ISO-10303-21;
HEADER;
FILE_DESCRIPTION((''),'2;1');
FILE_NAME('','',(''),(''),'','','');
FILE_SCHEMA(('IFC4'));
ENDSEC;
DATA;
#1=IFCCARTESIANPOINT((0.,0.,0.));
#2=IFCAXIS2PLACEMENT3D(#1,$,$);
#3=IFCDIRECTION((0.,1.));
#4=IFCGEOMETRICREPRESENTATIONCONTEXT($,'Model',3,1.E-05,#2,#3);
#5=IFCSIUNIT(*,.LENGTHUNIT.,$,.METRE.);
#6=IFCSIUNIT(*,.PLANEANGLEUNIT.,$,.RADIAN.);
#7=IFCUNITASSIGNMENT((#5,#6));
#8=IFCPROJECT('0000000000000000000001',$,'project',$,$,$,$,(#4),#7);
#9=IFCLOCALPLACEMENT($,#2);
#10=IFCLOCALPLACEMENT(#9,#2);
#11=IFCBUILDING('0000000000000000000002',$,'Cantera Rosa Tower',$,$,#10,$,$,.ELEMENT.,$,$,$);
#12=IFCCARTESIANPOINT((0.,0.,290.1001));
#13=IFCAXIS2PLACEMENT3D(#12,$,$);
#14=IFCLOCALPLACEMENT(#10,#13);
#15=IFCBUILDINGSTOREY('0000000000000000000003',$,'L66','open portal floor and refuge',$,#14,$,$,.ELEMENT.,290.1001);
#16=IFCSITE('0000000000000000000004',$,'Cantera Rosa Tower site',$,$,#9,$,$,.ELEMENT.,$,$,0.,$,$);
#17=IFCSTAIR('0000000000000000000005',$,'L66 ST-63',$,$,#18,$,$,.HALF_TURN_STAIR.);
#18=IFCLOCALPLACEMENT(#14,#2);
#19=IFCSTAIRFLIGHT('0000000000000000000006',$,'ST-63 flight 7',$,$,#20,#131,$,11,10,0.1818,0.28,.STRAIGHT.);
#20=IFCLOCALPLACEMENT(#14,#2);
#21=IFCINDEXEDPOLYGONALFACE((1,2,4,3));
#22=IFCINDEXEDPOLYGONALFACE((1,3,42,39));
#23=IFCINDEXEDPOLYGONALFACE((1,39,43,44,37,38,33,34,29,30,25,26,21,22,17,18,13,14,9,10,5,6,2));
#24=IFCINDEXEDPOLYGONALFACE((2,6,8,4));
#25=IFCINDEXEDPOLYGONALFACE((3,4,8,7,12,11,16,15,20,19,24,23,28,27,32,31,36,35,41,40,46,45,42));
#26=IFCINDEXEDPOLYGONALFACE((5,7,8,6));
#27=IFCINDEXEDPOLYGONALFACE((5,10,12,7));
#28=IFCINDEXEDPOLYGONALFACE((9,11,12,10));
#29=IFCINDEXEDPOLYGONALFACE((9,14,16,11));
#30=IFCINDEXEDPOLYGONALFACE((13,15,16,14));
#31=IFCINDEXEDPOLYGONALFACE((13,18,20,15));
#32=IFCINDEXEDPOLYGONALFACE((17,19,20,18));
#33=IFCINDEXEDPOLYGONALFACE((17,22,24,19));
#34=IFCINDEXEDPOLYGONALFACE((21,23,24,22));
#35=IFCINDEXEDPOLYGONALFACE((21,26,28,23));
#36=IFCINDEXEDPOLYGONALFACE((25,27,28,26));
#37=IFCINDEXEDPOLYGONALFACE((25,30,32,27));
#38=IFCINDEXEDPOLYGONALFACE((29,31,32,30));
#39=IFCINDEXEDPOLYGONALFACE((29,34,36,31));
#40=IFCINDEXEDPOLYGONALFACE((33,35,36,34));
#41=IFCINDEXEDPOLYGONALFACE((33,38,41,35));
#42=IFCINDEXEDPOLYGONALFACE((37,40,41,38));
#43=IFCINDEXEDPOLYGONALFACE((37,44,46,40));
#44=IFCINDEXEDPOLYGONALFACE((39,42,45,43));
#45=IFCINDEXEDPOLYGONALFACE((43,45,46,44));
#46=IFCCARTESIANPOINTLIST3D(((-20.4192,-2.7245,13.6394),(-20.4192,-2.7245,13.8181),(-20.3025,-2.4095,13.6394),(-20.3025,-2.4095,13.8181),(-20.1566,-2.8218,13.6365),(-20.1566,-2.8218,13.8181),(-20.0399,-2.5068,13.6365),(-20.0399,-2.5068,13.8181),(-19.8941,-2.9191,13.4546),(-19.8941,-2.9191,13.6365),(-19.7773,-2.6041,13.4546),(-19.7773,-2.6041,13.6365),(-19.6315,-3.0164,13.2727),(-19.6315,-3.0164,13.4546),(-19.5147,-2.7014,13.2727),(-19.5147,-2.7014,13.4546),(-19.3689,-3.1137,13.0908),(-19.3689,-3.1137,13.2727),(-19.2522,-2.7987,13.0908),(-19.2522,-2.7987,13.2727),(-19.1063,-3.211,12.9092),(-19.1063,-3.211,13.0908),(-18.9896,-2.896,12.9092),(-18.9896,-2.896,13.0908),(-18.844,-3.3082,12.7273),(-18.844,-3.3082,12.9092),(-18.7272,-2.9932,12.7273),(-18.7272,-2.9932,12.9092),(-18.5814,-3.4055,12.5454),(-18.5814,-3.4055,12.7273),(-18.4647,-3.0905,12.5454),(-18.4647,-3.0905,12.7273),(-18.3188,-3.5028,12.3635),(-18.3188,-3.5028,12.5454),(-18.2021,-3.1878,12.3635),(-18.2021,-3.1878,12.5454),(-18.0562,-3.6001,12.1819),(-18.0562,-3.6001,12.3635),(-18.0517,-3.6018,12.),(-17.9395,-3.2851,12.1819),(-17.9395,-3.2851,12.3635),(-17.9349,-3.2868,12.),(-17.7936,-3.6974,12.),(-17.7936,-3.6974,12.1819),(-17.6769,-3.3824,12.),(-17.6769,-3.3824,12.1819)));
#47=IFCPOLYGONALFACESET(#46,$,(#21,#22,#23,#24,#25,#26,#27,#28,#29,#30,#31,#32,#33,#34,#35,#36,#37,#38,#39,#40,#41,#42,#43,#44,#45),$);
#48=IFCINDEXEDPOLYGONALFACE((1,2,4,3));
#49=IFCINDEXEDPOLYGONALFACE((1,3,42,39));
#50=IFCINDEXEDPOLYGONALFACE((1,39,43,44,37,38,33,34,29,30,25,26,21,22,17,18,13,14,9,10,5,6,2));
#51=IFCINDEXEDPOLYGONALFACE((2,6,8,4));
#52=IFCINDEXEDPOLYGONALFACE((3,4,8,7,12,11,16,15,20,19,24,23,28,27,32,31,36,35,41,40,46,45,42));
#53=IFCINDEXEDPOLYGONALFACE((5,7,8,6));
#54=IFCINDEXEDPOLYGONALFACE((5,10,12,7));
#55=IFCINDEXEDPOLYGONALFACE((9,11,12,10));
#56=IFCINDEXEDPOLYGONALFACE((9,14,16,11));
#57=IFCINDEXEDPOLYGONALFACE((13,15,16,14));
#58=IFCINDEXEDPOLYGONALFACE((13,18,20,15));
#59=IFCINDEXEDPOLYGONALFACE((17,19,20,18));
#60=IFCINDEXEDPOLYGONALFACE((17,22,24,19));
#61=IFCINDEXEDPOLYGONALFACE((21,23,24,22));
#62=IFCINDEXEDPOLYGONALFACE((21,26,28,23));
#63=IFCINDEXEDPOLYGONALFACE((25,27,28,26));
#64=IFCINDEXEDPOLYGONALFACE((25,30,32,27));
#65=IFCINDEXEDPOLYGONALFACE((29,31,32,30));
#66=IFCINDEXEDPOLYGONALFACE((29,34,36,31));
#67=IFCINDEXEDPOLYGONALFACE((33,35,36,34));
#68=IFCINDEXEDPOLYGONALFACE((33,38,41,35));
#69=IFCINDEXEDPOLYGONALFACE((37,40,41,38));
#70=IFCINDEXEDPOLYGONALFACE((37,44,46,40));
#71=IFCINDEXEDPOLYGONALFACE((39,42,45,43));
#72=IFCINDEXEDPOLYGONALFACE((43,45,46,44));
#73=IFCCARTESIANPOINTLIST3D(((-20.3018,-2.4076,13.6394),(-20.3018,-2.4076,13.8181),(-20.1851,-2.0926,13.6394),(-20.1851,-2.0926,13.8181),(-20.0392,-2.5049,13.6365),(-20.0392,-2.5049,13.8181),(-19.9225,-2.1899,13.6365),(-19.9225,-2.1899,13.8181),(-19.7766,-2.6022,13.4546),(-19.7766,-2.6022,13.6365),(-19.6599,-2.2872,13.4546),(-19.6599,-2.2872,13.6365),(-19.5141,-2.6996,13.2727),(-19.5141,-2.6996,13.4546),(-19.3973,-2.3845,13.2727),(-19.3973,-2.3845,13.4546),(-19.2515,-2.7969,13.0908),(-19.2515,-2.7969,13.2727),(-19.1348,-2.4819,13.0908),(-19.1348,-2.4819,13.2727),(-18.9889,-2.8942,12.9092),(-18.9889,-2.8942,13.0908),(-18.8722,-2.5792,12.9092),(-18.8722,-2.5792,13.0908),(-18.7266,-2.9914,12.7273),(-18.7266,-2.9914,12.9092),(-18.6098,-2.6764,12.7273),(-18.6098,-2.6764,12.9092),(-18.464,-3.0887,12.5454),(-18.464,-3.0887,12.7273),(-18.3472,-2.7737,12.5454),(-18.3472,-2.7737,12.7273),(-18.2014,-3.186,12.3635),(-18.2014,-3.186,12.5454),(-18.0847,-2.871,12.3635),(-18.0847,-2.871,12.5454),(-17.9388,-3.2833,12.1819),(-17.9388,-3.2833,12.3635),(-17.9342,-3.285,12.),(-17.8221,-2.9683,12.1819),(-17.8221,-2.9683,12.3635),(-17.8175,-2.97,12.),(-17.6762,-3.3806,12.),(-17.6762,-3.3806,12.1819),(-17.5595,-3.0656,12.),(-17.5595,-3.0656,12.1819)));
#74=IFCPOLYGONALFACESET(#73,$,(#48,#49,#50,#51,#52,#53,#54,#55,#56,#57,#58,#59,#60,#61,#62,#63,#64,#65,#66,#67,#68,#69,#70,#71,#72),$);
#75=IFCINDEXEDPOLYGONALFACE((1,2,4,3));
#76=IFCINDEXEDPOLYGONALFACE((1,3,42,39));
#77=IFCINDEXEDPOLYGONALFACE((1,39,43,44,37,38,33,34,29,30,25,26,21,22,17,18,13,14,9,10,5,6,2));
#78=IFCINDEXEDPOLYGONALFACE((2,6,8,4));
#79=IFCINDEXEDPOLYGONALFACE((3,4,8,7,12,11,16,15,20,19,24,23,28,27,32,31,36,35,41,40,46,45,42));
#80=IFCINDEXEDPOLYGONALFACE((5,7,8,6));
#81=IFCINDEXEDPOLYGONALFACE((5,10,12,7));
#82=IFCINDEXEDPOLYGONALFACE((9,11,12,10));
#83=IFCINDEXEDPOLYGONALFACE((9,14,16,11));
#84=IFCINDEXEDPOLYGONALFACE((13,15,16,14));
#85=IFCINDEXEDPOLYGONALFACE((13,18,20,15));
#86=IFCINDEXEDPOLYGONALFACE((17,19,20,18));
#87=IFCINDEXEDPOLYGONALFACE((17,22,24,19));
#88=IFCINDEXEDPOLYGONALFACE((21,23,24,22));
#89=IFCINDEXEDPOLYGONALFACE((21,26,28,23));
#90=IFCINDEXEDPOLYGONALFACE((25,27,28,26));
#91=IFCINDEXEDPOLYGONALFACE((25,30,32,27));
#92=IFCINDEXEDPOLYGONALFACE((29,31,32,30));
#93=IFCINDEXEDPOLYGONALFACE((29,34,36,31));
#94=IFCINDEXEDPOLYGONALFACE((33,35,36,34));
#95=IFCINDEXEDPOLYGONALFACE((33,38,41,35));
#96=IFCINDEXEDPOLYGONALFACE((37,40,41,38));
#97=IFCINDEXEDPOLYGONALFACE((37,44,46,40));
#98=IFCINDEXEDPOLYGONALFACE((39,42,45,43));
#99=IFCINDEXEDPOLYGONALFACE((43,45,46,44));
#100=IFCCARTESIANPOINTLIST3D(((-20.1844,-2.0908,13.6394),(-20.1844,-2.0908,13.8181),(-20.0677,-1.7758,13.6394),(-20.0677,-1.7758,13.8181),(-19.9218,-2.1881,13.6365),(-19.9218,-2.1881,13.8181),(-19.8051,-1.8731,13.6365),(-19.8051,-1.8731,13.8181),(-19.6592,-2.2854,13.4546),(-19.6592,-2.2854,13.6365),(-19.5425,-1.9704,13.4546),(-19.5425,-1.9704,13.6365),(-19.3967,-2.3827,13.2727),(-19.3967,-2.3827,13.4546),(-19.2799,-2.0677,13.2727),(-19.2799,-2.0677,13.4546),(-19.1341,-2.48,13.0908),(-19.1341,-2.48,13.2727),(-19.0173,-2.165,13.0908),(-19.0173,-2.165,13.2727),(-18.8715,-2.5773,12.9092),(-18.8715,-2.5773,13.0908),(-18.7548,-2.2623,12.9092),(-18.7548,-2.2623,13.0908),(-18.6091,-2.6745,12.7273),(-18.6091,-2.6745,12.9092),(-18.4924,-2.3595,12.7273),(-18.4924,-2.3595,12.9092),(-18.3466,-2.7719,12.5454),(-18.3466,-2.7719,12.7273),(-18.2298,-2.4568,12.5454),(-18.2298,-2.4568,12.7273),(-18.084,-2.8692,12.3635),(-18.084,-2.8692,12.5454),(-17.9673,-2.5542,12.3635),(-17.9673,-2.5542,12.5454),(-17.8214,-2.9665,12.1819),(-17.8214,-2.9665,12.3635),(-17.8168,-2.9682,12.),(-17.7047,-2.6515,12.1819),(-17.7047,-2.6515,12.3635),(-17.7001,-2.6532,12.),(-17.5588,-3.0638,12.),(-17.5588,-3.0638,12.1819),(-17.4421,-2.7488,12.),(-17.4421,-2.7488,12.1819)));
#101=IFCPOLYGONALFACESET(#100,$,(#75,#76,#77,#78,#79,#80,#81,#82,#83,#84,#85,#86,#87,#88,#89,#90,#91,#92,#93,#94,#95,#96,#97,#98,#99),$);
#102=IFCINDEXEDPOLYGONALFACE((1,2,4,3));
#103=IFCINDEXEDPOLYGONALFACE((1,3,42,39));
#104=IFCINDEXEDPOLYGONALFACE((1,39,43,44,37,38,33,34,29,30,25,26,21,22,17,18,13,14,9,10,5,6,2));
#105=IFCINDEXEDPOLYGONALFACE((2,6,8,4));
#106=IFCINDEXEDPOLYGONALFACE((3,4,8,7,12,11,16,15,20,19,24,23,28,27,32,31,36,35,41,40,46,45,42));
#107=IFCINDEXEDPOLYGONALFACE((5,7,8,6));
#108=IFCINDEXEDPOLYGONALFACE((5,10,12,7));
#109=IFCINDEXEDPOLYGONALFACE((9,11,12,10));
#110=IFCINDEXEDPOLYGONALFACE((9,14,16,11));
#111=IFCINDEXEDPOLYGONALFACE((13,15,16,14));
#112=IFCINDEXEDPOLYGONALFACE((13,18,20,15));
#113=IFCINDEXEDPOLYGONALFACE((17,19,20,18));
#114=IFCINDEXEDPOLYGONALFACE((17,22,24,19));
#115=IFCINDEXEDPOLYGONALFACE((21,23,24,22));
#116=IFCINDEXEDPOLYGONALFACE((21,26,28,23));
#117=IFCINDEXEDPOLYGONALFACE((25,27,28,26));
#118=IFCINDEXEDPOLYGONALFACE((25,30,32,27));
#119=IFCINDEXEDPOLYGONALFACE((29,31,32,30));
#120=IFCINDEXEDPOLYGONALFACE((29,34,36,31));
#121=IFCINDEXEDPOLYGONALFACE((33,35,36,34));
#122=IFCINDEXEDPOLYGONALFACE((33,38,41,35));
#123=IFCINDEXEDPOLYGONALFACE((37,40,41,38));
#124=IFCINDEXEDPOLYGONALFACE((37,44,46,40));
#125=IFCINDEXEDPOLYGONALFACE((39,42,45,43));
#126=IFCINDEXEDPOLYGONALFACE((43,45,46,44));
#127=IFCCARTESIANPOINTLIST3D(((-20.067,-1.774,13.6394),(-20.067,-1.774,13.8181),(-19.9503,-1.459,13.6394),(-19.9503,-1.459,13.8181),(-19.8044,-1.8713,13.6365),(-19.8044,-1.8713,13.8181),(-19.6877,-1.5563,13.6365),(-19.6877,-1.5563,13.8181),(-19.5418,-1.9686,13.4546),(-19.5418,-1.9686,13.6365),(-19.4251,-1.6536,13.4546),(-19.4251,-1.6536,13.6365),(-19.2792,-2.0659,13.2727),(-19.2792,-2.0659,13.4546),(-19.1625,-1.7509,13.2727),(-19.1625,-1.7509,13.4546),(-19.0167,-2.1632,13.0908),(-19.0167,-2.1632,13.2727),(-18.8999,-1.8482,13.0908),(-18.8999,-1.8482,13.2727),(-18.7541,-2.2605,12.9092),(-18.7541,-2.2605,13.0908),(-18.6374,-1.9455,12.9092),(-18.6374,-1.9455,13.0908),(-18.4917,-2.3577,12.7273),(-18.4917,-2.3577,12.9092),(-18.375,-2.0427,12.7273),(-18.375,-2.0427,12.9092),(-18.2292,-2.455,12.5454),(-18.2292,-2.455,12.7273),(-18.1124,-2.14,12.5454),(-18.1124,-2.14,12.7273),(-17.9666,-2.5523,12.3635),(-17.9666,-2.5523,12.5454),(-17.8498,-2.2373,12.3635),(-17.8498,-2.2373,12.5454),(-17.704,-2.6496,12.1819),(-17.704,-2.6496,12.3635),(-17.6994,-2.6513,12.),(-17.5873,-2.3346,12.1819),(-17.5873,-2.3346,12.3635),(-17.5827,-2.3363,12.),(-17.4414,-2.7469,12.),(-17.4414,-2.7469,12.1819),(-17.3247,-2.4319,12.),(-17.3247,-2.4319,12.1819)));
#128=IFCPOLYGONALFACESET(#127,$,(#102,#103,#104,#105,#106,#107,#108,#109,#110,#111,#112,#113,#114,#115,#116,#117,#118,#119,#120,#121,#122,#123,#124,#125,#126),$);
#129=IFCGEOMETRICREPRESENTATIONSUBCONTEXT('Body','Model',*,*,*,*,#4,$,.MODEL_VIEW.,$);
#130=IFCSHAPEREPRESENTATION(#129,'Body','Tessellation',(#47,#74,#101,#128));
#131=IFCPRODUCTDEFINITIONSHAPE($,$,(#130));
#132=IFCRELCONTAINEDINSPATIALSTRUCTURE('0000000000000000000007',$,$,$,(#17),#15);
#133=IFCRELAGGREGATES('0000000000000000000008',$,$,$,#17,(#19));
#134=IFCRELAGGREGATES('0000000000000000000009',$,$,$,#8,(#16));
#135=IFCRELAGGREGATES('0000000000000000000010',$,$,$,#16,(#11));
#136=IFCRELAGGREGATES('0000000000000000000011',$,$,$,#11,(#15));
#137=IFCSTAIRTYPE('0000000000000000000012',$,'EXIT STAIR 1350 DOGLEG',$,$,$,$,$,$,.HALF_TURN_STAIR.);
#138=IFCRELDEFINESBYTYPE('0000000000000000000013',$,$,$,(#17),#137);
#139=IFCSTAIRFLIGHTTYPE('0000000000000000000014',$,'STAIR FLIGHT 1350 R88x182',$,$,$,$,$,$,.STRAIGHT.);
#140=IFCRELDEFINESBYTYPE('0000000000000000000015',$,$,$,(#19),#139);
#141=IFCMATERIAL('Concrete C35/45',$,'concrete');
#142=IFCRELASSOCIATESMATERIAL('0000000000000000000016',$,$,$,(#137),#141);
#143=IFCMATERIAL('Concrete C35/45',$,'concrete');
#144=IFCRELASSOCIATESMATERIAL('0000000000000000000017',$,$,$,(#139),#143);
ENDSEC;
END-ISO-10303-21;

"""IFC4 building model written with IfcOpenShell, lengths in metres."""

from ifc_helpers import new_model, si_unit, direction, frame, origin, place, context, subcontext, project, spatial, polyline, outline, extrude, material, type_object, element, aggregate, save


model = new_model("IFC4")

# Units and contexts
model_context = context("Model", 3, precision=1e-05, world=origin(), true_north=direction((0.0, 1.0)))
body_context = subcontext(model_context, "Body", "Model", "MODEL_VIEW")
ifc_project = project(units=[si_unit("LENGTHUNIT", "METRE"), si_unit("PLANEANGLEUNIT", "RADIAN")], contexts=[model_context])

# Site, building, storey
site_placement = place(None, origin())
site = spatial("IfcSite", under=ifc_project, at=site_placement, Name="Cantera Rosa Tower site", CompositionType="ELEMENT", RefElevation=0.0)
building_placement = place(site_placement, origin())
building = spatial("IfcBuilding", under=site, at=building_placement, Name="Cantera Rosa Tower", CompositionType="ELEMENT")
storey_placement = place(building_placement, frame((0.0, 0.0, 290.1001)))
storey = spatial("IfcBuildingStorey", under=building, at=storey_placement, Name="L66", Description="open portal floor and refuge", CompositionType="ELEMENT", Elevation=290.1001)

# Stair, stair flight
ifc_material_1 = material(Name="Concrete C35/45", Category="concrete")
stair_type = type_object("IfcStairType", Name="EXIT STAIR 1350 DOGLEG", PredefinedType="HALF_TURN_STAIR", material=ifc_material_1)
stair_placement = place(storey_placement, origin())
stair = element("IfcStair", 1, at=stair_placement, inside=storey, type_object=stair_type, Name="L66 ST-63", PredefinedType="HALF_TURN_STAIR")
ifc_material_2 = material(Name="Concrete C35/45", Category="concrete")
stair_flight_type = type_object("IfcStairFlightType", Name="STAIR FLIGHT 1350 R88x182", PredefinedType="STRAIGHT", material=ifc_material_2)
stair_flight_1_placement = place(storey_placement, frame((-17.5591, -3.0645, 12.0), z_axis=(0.0, 0.0, 1.0), x_axis=(-0.937687, 0.347481, 0.0)))
stair_flight_1 = element("IfcStairFlight", 2, at=stair_flight_1_placement, type_object=stair_flight_type, Name="ST-63 flight 7", NumberOfRisers=11, NumberOfTreads=10, PredefinedType="STRAIGHT", RiserHeight=0.1818, TreadLength=0.28, context=body_context, shape_type="SweptSolid", body=[
    extrude(outline(polyline([(0.0, 0.0), (0.0, 0.1819), (0.28, 0.1819), (0.28, 0.3635), (0.5601, 0.3635), (0.5601, 0.5454), (0.8401, 0.5454), (0.8401, 0.7273), (1.1201, 0.7273), (1.1201, 0.9092), (1.3999, 0.9092), (1.3999, 1.0908), (1.6799, 1.0908), (1.6799, 1.2727), (1.96, 1.2727), (1.96, 1.4546), (2.24, 1.4546), (2.24, 1.6365), (2.52, 1.6365), (2.52, 1.8181), (2.8, 1.8181), (2.8, 2.0), (2.8, 1.6394), (0.2751, 0.0), (0.0, 0.0)])), frame((0.0, 0.675, 0.0), z_axis=(0.0, -1.0, 0.0), x_axis=(1.0, 0.0, 0.0)), (0.0, 0.0, 1.0), 0.3359),
    extrude(outline(polyline([(0.0, 0.0), (0.0, 0.1819), (0.28, 0.1819), (0.28, 0.3635), (0.5601, 0.3635), (0.5601, 0.5454), (0.8401, 0.5454), (0.8401, 0.7273), (1.1201, 0.7273), (1.1201, 0.9092), (1.3999, 0.9092), (1.3999, 1.0908), (1.6799, 1.0908), (1.6799, 1.2727), (1.96, 1.2727), (1.96, 1.4546), (2.24, 1.4546), (2.24, 1.6365), (2.52, 1.6365), (2.52, 1.8181), (2.8, 1.8181), (2.8, 2.0), (2.8, 1.6394), (0.2751, 0.0), (0.0, 0.0)])), frame((0.0, 0.3372, 0.0), z_axis=(0.0, -1.0, 0.0), x_axis=(1.0, 0.0, 0.0)), (0.0, 0.0, 1.0), 0.3359),
    extrude(outline(polyline([(0.0, 0.0), (0.0, 0.1819), (0.28, 0.1819), (0.28, 0.3635), (0.5601, 0.3635), (0.5601, 0.5454), (0.8401, 0.5454), (0.8401, 0.7273), (1.1201, 0.7273), (1.1201, 0.9092), (1.3999, 0.9092), (1.3999, 1.0908), (1.6799, 1.0908), (1.6799, 1.2727), (1.96, 1.2727), (1.96, 1.4546), (2.24, 1.4546), (2.24, 1.6365), (2.52, 1.6365), (2.52, 1.8181), (2.8, 1.8181), (2.8, 2.0), (2.8, 1.6394), (0.2751, 0.0), (0.0, 0.0)])), frame((0.0, -0.0007, 0.0), z_axis=(0.0, -1.0, 0.0), x_axis=(1.0, 0.0, 0.0)), (0.0, 0.0, 1.0), 0.3359),
    extrude(outline(polyline([(0.0, 0.0), (0.0, 0.1819), (0.28, 0.1819), (0.28, 0.3635), (0.5601, 0.3635), (0.5601, 0.5454), (0.8401, 0.5454), (0.8401, 0.7273), (1.1201, 0.7273), (1.1201, 0.9092), (1.3999, 0.9092), (1.3999, 1.0908), (1.6799, 1.0908), (1.6799, 1.2727), (1.96, 1.2727), (1.96, 1.4546), (2.24, 1.4546), (2.24, 1.6365), (2.52, 1.6365), (2.52, 1.8181), (2.8, 1.8181), (2.8, 2.0), (2.8, 1.6394), (0.2751, 0.0), (0.0, 0.0)])), frame((0.0, -0.3386, 0.0), z_axis=(0.0, -1.0, 0.0), x_axis=(1.0, 0.0, 0.0)), (0.0, 0.0, 1.0), 0.3359),
])
aggregate(stair, [stair_flight_1])

save(model, "model.ifc")
